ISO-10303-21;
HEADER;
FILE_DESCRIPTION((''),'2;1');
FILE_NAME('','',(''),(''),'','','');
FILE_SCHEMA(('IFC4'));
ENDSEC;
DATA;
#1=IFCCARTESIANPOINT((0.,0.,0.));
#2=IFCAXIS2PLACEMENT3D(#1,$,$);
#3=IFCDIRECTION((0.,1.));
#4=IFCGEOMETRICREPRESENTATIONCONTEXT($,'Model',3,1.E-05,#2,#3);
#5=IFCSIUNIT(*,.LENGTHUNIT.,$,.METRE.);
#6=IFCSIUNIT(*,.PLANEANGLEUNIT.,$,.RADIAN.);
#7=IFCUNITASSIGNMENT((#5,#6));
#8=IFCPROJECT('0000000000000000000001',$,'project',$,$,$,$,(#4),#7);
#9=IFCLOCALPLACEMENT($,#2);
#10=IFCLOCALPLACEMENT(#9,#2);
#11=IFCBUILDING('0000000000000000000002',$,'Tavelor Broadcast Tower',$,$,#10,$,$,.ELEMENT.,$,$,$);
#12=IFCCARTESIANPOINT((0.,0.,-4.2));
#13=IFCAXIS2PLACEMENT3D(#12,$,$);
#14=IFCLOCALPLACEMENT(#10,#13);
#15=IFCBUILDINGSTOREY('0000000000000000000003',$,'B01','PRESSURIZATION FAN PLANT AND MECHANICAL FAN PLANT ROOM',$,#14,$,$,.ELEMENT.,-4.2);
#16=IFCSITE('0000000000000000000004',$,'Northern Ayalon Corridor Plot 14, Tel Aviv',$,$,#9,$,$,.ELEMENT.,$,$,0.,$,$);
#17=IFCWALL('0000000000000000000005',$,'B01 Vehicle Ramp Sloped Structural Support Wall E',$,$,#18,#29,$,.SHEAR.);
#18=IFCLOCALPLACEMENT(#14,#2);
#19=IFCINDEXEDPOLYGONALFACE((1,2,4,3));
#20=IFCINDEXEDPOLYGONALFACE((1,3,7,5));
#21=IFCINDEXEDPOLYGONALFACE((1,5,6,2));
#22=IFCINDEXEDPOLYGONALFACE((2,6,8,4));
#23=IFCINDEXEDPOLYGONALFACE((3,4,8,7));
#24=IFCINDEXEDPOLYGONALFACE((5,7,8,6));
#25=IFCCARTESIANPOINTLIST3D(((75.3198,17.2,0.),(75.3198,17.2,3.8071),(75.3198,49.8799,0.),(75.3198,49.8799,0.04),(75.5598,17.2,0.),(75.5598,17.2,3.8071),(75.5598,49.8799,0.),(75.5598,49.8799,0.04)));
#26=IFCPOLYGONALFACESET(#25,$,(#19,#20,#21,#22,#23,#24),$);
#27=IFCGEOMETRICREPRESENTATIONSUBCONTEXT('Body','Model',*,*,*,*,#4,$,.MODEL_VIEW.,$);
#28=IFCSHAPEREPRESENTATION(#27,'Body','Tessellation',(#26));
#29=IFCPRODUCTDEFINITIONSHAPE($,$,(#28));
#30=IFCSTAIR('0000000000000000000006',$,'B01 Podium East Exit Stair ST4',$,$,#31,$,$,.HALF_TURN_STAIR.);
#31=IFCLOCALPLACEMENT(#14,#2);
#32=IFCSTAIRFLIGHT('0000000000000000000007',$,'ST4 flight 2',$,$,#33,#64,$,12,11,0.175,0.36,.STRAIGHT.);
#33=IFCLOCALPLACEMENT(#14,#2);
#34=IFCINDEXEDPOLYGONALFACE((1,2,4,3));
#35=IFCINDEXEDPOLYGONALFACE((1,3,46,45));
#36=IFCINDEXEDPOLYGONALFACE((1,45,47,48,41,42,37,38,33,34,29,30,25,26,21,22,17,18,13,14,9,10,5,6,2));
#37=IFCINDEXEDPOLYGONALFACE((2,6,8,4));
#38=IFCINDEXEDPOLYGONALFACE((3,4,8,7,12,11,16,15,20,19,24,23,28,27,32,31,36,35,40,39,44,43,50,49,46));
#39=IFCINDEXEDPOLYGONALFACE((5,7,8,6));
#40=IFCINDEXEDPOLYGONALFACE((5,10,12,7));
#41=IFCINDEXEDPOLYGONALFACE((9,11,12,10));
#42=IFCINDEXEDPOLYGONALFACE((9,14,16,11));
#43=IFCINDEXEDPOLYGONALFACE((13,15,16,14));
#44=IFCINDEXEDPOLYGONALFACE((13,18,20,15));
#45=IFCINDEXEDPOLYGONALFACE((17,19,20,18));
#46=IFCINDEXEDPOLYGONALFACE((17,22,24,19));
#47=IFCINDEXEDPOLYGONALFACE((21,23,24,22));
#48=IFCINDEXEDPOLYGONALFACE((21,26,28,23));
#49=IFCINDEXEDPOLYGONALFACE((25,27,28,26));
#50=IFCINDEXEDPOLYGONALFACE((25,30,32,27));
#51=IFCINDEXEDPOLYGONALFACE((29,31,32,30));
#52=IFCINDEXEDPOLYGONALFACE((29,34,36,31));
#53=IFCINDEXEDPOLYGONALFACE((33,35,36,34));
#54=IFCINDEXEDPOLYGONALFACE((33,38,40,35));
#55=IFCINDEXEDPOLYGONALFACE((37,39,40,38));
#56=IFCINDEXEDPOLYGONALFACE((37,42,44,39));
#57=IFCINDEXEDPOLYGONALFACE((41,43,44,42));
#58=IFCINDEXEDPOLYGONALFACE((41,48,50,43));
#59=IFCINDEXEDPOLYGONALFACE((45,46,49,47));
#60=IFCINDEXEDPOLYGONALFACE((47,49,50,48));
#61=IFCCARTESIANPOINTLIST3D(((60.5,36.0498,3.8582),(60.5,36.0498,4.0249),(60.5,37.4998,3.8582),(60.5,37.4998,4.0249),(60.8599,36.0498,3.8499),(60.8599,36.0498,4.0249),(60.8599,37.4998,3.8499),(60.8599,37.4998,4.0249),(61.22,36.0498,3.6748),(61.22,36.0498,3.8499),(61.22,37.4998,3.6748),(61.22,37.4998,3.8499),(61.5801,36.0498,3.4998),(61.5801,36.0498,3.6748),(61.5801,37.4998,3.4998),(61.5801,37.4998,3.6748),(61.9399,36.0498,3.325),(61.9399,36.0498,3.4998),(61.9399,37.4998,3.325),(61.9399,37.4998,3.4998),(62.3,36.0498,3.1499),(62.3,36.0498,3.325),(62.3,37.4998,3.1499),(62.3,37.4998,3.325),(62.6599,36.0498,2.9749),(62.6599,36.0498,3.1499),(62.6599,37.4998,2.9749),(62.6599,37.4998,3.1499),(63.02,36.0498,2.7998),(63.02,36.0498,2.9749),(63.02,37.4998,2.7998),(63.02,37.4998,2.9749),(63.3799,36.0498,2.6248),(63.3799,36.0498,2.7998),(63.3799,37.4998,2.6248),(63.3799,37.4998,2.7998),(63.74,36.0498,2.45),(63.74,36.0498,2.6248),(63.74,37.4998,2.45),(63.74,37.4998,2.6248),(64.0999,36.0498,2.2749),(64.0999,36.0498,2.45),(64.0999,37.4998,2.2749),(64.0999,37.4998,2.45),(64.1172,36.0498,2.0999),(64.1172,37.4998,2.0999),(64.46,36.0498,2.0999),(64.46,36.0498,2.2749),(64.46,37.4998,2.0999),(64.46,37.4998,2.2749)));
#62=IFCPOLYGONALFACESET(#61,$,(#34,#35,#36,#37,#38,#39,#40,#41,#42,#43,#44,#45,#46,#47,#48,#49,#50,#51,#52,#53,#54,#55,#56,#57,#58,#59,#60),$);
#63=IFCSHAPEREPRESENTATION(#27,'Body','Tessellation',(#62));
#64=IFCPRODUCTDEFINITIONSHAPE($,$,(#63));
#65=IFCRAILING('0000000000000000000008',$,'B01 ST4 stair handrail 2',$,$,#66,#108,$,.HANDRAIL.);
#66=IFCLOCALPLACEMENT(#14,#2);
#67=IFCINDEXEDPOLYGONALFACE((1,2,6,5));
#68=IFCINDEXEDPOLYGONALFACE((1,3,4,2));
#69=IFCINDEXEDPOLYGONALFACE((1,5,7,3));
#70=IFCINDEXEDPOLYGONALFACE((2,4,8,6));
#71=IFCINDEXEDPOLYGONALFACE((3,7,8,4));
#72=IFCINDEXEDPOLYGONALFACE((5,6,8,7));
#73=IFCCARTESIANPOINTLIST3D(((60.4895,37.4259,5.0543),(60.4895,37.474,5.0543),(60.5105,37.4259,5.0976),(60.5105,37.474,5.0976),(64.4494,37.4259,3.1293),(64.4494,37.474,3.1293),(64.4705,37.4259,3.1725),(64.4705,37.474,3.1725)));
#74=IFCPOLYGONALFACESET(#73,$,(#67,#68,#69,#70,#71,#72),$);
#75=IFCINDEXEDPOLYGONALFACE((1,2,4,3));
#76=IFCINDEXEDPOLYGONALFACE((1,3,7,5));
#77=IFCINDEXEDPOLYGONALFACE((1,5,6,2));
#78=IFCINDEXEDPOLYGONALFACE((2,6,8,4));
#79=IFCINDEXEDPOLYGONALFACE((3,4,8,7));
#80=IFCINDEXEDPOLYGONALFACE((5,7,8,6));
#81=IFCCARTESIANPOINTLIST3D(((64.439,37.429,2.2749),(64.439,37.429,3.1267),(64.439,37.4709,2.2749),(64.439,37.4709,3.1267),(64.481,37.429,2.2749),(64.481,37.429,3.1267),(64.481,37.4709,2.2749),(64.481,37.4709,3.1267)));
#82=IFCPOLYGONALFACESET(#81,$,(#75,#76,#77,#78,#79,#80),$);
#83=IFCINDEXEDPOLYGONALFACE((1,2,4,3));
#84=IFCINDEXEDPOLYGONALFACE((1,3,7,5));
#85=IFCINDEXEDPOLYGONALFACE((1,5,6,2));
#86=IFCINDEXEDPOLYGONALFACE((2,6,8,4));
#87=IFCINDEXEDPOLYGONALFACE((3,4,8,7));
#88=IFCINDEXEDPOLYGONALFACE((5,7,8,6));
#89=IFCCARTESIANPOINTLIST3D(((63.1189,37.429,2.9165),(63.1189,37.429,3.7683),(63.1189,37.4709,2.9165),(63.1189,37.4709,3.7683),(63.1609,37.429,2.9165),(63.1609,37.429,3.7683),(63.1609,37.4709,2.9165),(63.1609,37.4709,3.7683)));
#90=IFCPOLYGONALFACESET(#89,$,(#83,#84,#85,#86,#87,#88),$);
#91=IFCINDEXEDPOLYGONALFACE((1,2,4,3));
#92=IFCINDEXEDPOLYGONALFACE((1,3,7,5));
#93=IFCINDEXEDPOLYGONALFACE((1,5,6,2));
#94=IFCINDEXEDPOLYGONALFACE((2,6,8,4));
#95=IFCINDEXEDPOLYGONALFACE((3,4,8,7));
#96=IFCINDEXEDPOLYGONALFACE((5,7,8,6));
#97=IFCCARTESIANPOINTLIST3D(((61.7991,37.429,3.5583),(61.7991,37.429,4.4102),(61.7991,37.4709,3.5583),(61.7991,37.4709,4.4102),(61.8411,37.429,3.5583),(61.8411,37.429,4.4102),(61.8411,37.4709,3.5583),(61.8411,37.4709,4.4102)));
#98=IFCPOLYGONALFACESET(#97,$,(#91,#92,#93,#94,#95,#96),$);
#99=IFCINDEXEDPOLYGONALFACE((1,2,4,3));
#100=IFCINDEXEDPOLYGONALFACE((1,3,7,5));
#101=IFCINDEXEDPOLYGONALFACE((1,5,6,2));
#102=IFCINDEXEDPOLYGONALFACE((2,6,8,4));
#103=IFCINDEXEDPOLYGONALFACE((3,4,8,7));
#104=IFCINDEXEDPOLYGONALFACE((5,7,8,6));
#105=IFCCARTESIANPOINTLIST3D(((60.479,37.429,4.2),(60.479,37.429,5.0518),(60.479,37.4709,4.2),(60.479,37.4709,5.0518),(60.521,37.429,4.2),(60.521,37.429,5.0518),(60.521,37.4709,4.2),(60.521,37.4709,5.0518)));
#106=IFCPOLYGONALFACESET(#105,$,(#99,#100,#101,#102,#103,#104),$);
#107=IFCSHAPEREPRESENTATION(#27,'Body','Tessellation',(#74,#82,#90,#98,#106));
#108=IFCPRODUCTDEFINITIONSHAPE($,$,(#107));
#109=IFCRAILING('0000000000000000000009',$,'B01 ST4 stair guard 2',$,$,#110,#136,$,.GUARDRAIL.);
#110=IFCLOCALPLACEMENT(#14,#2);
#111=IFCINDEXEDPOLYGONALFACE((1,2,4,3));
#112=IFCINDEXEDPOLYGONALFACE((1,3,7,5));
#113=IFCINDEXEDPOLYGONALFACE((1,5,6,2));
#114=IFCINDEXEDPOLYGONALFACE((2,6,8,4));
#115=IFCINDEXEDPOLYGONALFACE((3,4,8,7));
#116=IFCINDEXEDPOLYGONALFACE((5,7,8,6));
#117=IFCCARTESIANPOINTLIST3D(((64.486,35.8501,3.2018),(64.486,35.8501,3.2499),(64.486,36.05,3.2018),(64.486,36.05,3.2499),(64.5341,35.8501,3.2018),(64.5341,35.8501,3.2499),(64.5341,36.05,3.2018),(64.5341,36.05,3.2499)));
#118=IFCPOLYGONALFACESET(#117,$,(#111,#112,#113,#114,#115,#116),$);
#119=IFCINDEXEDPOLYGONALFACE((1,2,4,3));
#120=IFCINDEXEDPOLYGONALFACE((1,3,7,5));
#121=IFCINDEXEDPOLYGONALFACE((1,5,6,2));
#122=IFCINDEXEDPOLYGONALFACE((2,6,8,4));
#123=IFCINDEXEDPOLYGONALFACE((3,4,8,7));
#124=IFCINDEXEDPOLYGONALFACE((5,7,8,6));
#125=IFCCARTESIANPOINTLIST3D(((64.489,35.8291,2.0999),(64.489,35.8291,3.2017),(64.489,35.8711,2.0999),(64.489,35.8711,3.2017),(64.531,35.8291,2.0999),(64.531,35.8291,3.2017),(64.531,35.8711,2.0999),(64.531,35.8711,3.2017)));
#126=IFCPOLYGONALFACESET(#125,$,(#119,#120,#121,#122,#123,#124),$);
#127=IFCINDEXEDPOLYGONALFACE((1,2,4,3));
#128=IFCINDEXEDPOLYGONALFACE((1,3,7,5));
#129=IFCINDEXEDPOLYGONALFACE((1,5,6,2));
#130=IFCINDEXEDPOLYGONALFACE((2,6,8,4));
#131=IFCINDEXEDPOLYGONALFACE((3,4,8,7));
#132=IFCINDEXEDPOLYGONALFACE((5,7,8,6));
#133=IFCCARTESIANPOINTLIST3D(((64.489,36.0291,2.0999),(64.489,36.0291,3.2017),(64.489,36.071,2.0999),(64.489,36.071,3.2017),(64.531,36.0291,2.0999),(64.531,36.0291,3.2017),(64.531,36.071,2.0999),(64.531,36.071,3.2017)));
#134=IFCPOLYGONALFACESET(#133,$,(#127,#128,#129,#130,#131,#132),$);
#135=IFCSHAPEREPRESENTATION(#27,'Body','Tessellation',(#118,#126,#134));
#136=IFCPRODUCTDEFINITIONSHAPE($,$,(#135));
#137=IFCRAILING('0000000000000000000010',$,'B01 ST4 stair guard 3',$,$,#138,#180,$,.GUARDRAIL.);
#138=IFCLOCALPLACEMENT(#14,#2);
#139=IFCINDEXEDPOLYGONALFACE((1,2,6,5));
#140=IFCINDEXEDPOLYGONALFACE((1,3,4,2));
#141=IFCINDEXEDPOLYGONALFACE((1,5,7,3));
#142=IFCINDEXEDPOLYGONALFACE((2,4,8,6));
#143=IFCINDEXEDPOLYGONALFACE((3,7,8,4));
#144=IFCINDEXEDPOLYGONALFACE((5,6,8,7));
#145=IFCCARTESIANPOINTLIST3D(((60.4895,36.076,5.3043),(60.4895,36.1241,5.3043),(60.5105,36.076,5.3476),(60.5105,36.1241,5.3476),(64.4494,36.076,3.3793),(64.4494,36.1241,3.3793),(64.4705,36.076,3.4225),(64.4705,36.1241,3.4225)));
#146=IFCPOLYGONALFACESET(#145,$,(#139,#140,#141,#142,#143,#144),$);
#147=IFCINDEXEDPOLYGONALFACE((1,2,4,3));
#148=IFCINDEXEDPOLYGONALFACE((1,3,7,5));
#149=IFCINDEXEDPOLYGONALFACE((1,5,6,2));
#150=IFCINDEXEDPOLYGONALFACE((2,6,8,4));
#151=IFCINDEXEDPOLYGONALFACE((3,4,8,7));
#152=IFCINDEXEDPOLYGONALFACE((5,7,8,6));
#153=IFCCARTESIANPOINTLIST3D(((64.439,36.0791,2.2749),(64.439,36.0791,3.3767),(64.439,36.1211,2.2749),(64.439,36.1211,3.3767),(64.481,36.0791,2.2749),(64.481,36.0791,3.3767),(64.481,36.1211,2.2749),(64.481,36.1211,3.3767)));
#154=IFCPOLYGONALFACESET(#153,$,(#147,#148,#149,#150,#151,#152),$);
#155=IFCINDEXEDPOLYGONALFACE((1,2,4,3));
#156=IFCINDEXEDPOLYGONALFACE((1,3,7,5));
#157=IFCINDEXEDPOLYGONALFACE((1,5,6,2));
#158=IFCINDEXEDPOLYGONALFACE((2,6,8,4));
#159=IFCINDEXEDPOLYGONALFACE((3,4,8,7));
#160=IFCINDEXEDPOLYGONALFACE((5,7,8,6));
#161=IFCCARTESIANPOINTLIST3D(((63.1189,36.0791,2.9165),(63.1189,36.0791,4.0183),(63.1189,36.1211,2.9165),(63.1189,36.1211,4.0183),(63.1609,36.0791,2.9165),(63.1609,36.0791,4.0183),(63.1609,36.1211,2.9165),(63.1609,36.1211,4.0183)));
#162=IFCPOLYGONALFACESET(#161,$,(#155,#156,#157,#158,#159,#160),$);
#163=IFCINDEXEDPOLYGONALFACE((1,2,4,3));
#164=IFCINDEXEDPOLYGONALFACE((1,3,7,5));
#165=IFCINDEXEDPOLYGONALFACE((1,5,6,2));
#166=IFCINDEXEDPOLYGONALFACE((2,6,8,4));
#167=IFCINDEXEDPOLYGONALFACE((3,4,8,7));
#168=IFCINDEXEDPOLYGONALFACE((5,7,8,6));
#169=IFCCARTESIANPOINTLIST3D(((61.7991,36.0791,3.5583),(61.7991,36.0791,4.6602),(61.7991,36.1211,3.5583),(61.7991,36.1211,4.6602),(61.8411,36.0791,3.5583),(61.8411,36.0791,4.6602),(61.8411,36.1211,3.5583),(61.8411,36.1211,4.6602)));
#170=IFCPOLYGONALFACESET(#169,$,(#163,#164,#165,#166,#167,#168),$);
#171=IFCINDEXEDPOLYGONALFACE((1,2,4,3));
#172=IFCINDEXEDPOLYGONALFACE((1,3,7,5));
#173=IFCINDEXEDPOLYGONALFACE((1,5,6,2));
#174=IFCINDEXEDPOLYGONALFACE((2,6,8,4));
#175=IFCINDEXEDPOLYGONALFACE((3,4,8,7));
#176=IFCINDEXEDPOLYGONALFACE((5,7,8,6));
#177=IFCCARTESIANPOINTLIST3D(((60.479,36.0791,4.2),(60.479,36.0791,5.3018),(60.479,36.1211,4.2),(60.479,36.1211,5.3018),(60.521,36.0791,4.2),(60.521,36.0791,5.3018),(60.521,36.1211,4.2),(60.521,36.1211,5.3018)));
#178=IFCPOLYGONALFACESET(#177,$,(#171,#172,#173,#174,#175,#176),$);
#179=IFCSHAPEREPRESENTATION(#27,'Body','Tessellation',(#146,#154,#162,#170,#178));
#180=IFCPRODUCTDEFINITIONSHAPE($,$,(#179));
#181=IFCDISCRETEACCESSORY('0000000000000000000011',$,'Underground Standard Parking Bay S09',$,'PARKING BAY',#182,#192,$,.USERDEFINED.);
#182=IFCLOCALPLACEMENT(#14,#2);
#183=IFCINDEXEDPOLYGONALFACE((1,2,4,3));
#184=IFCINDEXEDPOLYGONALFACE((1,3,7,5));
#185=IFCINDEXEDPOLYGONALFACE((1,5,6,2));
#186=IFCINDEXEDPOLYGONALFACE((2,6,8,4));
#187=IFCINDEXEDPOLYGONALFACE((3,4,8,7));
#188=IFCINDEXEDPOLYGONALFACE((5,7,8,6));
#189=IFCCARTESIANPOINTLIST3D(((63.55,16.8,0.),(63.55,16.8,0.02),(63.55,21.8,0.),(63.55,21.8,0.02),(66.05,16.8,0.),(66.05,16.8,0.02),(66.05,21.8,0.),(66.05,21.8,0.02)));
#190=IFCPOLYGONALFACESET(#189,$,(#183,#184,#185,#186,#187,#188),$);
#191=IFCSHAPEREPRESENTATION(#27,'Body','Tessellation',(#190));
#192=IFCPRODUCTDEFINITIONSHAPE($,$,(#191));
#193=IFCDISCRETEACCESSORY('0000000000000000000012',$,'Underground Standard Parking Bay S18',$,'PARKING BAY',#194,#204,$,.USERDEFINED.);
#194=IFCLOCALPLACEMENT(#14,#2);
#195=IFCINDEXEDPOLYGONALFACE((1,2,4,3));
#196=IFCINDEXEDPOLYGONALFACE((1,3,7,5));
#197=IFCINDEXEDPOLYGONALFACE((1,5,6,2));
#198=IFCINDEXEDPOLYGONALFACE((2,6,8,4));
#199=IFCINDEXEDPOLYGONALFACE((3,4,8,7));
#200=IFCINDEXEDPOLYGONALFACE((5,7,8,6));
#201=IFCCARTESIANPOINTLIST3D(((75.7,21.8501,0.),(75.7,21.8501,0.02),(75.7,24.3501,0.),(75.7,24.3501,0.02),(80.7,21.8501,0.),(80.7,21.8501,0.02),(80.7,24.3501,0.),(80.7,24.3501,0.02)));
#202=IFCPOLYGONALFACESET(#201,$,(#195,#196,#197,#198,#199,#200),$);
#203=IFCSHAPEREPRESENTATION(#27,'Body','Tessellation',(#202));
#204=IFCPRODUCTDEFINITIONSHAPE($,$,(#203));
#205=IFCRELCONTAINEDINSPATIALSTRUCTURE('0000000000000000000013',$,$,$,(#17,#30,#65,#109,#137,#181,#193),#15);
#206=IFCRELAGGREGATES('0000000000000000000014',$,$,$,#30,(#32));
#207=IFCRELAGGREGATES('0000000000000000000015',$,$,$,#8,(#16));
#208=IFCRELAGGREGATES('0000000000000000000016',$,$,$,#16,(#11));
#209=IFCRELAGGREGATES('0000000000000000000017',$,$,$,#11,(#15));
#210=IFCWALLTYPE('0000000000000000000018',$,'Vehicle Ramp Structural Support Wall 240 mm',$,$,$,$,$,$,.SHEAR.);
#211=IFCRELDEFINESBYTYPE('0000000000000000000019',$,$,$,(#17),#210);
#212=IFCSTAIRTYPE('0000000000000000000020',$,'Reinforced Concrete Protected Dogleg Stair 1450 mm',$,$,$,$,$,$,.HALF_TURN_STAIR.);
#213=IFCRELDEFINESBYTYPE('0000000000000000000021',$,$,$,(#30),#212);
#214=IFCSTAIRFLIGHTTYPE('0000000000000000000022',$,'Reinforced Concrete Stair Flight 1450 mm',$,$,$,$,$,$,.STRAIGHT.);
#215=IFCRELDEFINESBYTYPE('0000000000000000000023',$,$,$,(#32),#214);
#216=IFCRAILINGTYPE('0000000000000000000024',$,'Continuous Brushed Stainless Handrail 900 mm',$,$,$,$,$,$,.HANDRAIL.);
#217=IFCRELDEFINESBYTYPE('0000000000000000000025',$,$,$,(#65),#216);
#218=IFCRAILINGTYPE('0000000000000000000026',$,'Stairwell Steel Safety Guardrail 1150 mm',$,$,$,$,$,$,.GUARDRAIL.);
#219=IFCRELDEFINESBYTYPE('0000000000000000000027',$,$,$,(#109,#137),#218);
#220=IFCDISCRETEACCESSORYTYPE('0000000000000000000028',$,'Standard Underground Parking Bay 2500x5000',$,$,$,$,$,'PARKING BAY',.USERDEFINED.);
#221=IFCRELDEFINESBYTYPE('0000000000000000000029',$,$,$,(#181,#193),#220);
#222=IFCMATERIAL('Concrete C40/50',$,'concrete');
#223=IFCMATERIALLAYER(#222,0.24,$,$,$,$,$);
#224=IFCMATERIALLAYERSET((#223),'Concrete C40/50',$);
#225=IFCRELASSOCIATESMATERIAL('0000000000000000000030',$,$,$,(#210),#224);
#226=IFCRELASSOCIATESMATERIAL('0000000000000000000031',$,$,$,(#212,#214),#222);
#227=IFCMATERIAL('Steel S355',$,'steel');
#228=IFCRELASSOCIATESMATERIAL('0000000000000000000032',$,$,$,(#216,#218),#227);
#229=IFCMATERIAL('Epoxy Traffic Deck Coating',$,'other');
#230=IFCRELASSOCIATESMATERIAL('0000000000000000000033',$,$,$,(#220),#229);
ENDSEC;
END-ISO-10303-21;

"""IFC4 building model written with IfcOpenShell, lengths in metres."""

from ifc_helpers import new_model, si_unit, direction, frame, origin, origin_2d, place, context, subcontext, project, spatial, polyline, rectangle, outline, extrude, source, transform, mapped, material, layer, layer_set, type_object, type_shapes, element, aggregate, save


model = new_model("IFC4")

# Units and contexts
model_context = context("Model", 3, precision=1e-05, world=origin(), true_north=direction((0.0, 1.0)))
body_context = subcontext(model_context, "Body", "Model", "MODEL_VIEW")
ifc_project = project(units=[si_unit("LENGTHUNIT", "METRE"), si_unit("PLANEANGLEUNIT", "RADIAN")], contexts=[model_context])

# Site, building, storey
site_placement = place(None, origin())
site = spatial("IfcSite", under=ifc_project, at=site_placement, Name="Northern Ayalon Corridor Plot 14, Tel Aviv", CompositionType="ELEMENT", RefElevation=0.0)
building_placement = place(site_placement, origin())
building = spatial("IfcBuilding", under=site, at=building_placement, Name="Tavelor Broadcast Tower", CompositionType="ELEMENT")
storey_placement = place(building_placement, frame((0.0, 0.0, -4.2)))
storey = spatial("IfcBuildingStorey", under=building, at=storey_placement, Name="B01", Description="PRESSURIZATION FAN PLANT AND MECHANICAL FAN PLANT ROOM", CompositionType="ELEMENT", Elevation=-4.2)

# Shared definitions
ifc_material_1 = material(Name="Concrete C40/50", Category="concrete")
ifc_material_2 = material(Name="Steel S355", Category="steel")

# Wall
ifc_layer_1 = layer(ifc_material_1, 0.24)
ifc_layer_set_1 = layer_set([ifc_layer_1], Name="Concrete C40/50")
wall_type_1 = type_object("IfcWallType", Name="Vehicle Ramp Structural Support Wall 240 mm", PredefinedType="SHEAR", material=ifc_layer_set_1)
for number, where, z_axis, x_axis, name in (
    (1, (75.4399, 17.2, 0.0), (0.0, 0.0, 1.0), (0.0, 1.0, 0.0), "B01 Vehicle Ramp Sloped Structural Support Wall E"),
):
    element("IfcWall", number, at=place(storey_placement, frame(where, z_axis=z_axis, x_axis=x_axis)), inside=storey, type_object=wall_type_1, Name=name, PredefinedType="SHEAR", context=body_context, shape_type="SweptSolid", body=[
        extrude(outline(polyline([(0.0, 0.0), (32.6799, 0.0), (32.6799, 0.04), (0.0, 3.8071), (0.0, 0.0)])), frame((0.0, 0.1201, 0.0), z_axis=(0.0, -1.0, 0.0), x_axis=(1.0, 0.0, 0.0)), (0.0, 0.0, 1.0), 0.24),
    ])

# Stair, stair flight
stair_type = type_object("IfcStairType", Name="Reinforced Concrete Protected Dogleg Stair 1450 mm", PredefinedType="HALF_TURN_STAIR", material=ifc_material_1)
stair_placement = place(storey_placement, origin())
stair = element("IfcStair", 2, at=stair_placement, inside=storey, type_object=stair_type, Name="B01 Podium East Exit Stair ST4", PredefinedType="HALF_TURN_STAIR")
stair_flight_type = type_object("IfcStairFlightType", Name="Reinforced Concrete Stair Flight 1450 mm", PredefinedType="STRAIGHT", material=ifc_material_1)
stair_flight_placement = place(storey_placement, frame((64.46, 36.7749, 2.0999), z_axis=(0.0, 0.0, 1.0), x_axis=(-1.0, 0.0, 0.0)))
stair_flight = element("IfcStairFlight", 3, at=stair_flight_placement, type_object=stair_flight_type, Name="ST4 flight 2", NumberOfRisers=12, NumberOfTreads=11, PredefinedType="STRAIGHT", RiserHeight=0.175, TreadLength=0.36, context=body_context, shape_type="SweptSolid", body=[
    extrude(outline(polyline([(0.0, 0.0), (0.0, 0.175), (0.3601, 0.175), (0.3601, 0.3501), (0.72, 0.3501), (0.72, 0.5249), (1.0801, 0.5249), (1.0801, 0.7), (1.4399, 0.7), (1.4399, 0.875), (1.8, 0.875), (1.8, 1.05), (2.1599, 1.05), (2.1599, 1.2251), (2.52, 1.2251), (2.52, 1.3999), (2.8799, 1.3999), (2.8799, 1.575), (3.24, 1.575), (3.24, 1.75), (3.6001, 1.75), (3.6001, 1.925), (3.96, 1.925), (3.96, 2.1001), (3.96, 1.7583), (0.3428, 0.0), (0.0, 0.0)])), frame((0.0, 0.7251, 0.0), z_axis=(0.0, -1.0, 0.0), x_axis=(1.0, 0.0, 0.0)), (0.0, 0.0, 1.0), 1.45),
])
aggregate(stair, [stair_flight])

# Railings
railing_type_1 = type_object("IfcRailingType", Name="Continuous Brushed Stainless Handrail 900 mm", PredefinedType="HANDRAIL", material=ifc_material_2)
railing_1_placement = place(storey_placement, frame((64.46, 37.45, 2.2749)))
element("IfcRailing", 4, at=railing_1_placement, inside=storey, type_object=railing_type_1, Name="B01 ST4 stair handrail 2", PredefinedType="HANDRAIL", context=body_context, shape_type="SweptSolid", body=[
    extrude(rectangle(XDim=0.0481, YDim=0.0481, at=origin_2d()), frame((0.0, 0.0, 0.876), z_axis=(-0.899362, 0.0, 0.437205), x_axis=(0.0, -1.0, 0.0)), (0.0, 0.0, 1.0), 4.4031),
    extrude(rectangle(XDim=0.042, YDim=0.042, at=origin_2d()), origin(), (0.0, 0.0, 1.0), 0.8518),
    extrude(rectangle(XDim=0.042, YDim=0.042, at=origin_2d()), frame((-1.3201, 0.0, 0.6416)), (0.0, 0.0, 1.0), 0.8518),
    extrude(rectangle(XDim=0.042, YDim=0.042, at=origin_2d()), frame((-2.6399, 0.0, 1.2834)), (0.0, 0.0, 1.0), 0.8518),
    extrude(rectangle(XDim=0.042, YDim=0.042, at=origin_2d()), frame((-3.96, 0.0, 1.925)), (0.0, 0.0, 1.0), 0.8518),
])
railing_type_2 = type_object("IfcRailingType", Name="Stairwell Steel Safety Guardrail 1150 mm", PredefinedType="GUARDRAIL", material=ifc_material_2)
railing_2_placement = place(storey_placement, frame((64.51, 35.8501, 2.0999)))
element("IfcRailing", 5, at=railing_2_placement, inside=storey, type_object=railing_type_2, Name="B01 ST4 stair guard 2", PredefinedType="GUARDRAIL", context=body_context, shape_type="SweptSolid", body=[
    extrude(rectangle(XDim=0.0481, YDim=0.0481, at=origin_2d()), frame((0.0, 0.0, 1.126), z_axis=(0.0, 1.0, 0.0), x_axis=(-1.0, 0.0, 0.0)), (0.0, 0.0, 1.0), 0.2),
    extrude(rectangle(XDim=0.042, YDim=0.042, at=origin_2d()), origin(), (0.0, 0.0, 1.0), 1.1018),
    extrude(rectangle(XDim=0.042, YDim=0.042, at=origin_2d()), frame((0.0, 0.2, 0.0)), (0.0, 0.0, 1.0), 1.1018),
])
railing_3_placement = place(storey_placement, frame((64.46, 36.1001, 2.2749)))
element("IfcRailing", 6, at=railing_3_placement, inside=storey, type_object=railing_type_2, Name="B01 ST4 stair guard 3", PredefinedType="GUARDRAIL", context=body_context, shape_type="SweptSolid", body=[
    extrude(rectangle(XDim=0.0481, YDim=0.0481, at=origin_2d()), frame((0.0, 0.0, 1.126), z_axis=(-0.899362, 0.0, 0.437205), x_axis=(0.0, -1.0, 0.0)), (0.0, 0.0, 1.0), 4.4031),
    extrude(rectangle(XDim=0.042, YDim=0.042, at=origin_2d()), origin(), (0.0, 0.0, 1.0), 1.1018),
    extrude(rectangle(XDim=0.042, YDim=0.042, at=origin_2d()), frame((-1.3201, 0.0, 0.6416)), (0.0, 0.0, 1.0), 1.1018),
    extrude(rectangle(XDim=0.042, YDim=0.042, at=origin_2d()), frame((-2.6399, 0.0, 1.2834)), (0.0, 0.0, 1.0), 1.1018),
    extrude(rectangle(XDim=0.042, YDim=0.042, at=origin_2d()), frame((-3.96, 0.0, 1.925)), (0.0, 0.0, 1.0), 1.1018),
])

# Discrete accessories
ifc_material_3 = material(Name="Epoxy Traffic Deck Coating", Category="other")
discrete_accessory_type = type_object("IfcDiscreteAccessoryType", Name="Standard Underground Parking Bay 2500x5000", ElementType="PARKING BAY", PredefinedType="USERDEFINED", material=ifc_material_3)
shared_shape_1 = source(origin(), body_context, "Body", "SweptSolid", [
    extrude(rectangle(XDim=2.5, YDim=5.0, at=origin_2d()), origin(), (0.0, 0.0, 1.0), 0.02),
])
type_shapes(discrete_accessory_type, [shared_shape_1])
for number, where, z_axis, x_axis, name in (
    (7, (64.8, 19.3, 0.0), (0.0, 0.0, 1.0), (1.0, 0.0, 0.0), "Underground Standard Parking Bay S09"),
    (8, (78.2, 23.1001, 0.0), (0.0, 0.0, 1.0), (0.0, 1.0, 0.0), "Underground Standard Parking Bay S18"),
):
    element("IfcDiscreteAccessory", number, at=place(storey_placement, frame(where, z_axis=z_axis, x_axis=x_axis)), inside=storey, type_object=discrete_accessory_type, Name=name, ObjectType="PARKING BAY", PredefinedType="USERDEFINED", context=body_context, shape_type="MappedRepresentation", body=[
        mapped(shared_shape_1, transform((0.0, 0.0, 0.0), scale=1.0)),
    ])

save(model, "model.ifc")
